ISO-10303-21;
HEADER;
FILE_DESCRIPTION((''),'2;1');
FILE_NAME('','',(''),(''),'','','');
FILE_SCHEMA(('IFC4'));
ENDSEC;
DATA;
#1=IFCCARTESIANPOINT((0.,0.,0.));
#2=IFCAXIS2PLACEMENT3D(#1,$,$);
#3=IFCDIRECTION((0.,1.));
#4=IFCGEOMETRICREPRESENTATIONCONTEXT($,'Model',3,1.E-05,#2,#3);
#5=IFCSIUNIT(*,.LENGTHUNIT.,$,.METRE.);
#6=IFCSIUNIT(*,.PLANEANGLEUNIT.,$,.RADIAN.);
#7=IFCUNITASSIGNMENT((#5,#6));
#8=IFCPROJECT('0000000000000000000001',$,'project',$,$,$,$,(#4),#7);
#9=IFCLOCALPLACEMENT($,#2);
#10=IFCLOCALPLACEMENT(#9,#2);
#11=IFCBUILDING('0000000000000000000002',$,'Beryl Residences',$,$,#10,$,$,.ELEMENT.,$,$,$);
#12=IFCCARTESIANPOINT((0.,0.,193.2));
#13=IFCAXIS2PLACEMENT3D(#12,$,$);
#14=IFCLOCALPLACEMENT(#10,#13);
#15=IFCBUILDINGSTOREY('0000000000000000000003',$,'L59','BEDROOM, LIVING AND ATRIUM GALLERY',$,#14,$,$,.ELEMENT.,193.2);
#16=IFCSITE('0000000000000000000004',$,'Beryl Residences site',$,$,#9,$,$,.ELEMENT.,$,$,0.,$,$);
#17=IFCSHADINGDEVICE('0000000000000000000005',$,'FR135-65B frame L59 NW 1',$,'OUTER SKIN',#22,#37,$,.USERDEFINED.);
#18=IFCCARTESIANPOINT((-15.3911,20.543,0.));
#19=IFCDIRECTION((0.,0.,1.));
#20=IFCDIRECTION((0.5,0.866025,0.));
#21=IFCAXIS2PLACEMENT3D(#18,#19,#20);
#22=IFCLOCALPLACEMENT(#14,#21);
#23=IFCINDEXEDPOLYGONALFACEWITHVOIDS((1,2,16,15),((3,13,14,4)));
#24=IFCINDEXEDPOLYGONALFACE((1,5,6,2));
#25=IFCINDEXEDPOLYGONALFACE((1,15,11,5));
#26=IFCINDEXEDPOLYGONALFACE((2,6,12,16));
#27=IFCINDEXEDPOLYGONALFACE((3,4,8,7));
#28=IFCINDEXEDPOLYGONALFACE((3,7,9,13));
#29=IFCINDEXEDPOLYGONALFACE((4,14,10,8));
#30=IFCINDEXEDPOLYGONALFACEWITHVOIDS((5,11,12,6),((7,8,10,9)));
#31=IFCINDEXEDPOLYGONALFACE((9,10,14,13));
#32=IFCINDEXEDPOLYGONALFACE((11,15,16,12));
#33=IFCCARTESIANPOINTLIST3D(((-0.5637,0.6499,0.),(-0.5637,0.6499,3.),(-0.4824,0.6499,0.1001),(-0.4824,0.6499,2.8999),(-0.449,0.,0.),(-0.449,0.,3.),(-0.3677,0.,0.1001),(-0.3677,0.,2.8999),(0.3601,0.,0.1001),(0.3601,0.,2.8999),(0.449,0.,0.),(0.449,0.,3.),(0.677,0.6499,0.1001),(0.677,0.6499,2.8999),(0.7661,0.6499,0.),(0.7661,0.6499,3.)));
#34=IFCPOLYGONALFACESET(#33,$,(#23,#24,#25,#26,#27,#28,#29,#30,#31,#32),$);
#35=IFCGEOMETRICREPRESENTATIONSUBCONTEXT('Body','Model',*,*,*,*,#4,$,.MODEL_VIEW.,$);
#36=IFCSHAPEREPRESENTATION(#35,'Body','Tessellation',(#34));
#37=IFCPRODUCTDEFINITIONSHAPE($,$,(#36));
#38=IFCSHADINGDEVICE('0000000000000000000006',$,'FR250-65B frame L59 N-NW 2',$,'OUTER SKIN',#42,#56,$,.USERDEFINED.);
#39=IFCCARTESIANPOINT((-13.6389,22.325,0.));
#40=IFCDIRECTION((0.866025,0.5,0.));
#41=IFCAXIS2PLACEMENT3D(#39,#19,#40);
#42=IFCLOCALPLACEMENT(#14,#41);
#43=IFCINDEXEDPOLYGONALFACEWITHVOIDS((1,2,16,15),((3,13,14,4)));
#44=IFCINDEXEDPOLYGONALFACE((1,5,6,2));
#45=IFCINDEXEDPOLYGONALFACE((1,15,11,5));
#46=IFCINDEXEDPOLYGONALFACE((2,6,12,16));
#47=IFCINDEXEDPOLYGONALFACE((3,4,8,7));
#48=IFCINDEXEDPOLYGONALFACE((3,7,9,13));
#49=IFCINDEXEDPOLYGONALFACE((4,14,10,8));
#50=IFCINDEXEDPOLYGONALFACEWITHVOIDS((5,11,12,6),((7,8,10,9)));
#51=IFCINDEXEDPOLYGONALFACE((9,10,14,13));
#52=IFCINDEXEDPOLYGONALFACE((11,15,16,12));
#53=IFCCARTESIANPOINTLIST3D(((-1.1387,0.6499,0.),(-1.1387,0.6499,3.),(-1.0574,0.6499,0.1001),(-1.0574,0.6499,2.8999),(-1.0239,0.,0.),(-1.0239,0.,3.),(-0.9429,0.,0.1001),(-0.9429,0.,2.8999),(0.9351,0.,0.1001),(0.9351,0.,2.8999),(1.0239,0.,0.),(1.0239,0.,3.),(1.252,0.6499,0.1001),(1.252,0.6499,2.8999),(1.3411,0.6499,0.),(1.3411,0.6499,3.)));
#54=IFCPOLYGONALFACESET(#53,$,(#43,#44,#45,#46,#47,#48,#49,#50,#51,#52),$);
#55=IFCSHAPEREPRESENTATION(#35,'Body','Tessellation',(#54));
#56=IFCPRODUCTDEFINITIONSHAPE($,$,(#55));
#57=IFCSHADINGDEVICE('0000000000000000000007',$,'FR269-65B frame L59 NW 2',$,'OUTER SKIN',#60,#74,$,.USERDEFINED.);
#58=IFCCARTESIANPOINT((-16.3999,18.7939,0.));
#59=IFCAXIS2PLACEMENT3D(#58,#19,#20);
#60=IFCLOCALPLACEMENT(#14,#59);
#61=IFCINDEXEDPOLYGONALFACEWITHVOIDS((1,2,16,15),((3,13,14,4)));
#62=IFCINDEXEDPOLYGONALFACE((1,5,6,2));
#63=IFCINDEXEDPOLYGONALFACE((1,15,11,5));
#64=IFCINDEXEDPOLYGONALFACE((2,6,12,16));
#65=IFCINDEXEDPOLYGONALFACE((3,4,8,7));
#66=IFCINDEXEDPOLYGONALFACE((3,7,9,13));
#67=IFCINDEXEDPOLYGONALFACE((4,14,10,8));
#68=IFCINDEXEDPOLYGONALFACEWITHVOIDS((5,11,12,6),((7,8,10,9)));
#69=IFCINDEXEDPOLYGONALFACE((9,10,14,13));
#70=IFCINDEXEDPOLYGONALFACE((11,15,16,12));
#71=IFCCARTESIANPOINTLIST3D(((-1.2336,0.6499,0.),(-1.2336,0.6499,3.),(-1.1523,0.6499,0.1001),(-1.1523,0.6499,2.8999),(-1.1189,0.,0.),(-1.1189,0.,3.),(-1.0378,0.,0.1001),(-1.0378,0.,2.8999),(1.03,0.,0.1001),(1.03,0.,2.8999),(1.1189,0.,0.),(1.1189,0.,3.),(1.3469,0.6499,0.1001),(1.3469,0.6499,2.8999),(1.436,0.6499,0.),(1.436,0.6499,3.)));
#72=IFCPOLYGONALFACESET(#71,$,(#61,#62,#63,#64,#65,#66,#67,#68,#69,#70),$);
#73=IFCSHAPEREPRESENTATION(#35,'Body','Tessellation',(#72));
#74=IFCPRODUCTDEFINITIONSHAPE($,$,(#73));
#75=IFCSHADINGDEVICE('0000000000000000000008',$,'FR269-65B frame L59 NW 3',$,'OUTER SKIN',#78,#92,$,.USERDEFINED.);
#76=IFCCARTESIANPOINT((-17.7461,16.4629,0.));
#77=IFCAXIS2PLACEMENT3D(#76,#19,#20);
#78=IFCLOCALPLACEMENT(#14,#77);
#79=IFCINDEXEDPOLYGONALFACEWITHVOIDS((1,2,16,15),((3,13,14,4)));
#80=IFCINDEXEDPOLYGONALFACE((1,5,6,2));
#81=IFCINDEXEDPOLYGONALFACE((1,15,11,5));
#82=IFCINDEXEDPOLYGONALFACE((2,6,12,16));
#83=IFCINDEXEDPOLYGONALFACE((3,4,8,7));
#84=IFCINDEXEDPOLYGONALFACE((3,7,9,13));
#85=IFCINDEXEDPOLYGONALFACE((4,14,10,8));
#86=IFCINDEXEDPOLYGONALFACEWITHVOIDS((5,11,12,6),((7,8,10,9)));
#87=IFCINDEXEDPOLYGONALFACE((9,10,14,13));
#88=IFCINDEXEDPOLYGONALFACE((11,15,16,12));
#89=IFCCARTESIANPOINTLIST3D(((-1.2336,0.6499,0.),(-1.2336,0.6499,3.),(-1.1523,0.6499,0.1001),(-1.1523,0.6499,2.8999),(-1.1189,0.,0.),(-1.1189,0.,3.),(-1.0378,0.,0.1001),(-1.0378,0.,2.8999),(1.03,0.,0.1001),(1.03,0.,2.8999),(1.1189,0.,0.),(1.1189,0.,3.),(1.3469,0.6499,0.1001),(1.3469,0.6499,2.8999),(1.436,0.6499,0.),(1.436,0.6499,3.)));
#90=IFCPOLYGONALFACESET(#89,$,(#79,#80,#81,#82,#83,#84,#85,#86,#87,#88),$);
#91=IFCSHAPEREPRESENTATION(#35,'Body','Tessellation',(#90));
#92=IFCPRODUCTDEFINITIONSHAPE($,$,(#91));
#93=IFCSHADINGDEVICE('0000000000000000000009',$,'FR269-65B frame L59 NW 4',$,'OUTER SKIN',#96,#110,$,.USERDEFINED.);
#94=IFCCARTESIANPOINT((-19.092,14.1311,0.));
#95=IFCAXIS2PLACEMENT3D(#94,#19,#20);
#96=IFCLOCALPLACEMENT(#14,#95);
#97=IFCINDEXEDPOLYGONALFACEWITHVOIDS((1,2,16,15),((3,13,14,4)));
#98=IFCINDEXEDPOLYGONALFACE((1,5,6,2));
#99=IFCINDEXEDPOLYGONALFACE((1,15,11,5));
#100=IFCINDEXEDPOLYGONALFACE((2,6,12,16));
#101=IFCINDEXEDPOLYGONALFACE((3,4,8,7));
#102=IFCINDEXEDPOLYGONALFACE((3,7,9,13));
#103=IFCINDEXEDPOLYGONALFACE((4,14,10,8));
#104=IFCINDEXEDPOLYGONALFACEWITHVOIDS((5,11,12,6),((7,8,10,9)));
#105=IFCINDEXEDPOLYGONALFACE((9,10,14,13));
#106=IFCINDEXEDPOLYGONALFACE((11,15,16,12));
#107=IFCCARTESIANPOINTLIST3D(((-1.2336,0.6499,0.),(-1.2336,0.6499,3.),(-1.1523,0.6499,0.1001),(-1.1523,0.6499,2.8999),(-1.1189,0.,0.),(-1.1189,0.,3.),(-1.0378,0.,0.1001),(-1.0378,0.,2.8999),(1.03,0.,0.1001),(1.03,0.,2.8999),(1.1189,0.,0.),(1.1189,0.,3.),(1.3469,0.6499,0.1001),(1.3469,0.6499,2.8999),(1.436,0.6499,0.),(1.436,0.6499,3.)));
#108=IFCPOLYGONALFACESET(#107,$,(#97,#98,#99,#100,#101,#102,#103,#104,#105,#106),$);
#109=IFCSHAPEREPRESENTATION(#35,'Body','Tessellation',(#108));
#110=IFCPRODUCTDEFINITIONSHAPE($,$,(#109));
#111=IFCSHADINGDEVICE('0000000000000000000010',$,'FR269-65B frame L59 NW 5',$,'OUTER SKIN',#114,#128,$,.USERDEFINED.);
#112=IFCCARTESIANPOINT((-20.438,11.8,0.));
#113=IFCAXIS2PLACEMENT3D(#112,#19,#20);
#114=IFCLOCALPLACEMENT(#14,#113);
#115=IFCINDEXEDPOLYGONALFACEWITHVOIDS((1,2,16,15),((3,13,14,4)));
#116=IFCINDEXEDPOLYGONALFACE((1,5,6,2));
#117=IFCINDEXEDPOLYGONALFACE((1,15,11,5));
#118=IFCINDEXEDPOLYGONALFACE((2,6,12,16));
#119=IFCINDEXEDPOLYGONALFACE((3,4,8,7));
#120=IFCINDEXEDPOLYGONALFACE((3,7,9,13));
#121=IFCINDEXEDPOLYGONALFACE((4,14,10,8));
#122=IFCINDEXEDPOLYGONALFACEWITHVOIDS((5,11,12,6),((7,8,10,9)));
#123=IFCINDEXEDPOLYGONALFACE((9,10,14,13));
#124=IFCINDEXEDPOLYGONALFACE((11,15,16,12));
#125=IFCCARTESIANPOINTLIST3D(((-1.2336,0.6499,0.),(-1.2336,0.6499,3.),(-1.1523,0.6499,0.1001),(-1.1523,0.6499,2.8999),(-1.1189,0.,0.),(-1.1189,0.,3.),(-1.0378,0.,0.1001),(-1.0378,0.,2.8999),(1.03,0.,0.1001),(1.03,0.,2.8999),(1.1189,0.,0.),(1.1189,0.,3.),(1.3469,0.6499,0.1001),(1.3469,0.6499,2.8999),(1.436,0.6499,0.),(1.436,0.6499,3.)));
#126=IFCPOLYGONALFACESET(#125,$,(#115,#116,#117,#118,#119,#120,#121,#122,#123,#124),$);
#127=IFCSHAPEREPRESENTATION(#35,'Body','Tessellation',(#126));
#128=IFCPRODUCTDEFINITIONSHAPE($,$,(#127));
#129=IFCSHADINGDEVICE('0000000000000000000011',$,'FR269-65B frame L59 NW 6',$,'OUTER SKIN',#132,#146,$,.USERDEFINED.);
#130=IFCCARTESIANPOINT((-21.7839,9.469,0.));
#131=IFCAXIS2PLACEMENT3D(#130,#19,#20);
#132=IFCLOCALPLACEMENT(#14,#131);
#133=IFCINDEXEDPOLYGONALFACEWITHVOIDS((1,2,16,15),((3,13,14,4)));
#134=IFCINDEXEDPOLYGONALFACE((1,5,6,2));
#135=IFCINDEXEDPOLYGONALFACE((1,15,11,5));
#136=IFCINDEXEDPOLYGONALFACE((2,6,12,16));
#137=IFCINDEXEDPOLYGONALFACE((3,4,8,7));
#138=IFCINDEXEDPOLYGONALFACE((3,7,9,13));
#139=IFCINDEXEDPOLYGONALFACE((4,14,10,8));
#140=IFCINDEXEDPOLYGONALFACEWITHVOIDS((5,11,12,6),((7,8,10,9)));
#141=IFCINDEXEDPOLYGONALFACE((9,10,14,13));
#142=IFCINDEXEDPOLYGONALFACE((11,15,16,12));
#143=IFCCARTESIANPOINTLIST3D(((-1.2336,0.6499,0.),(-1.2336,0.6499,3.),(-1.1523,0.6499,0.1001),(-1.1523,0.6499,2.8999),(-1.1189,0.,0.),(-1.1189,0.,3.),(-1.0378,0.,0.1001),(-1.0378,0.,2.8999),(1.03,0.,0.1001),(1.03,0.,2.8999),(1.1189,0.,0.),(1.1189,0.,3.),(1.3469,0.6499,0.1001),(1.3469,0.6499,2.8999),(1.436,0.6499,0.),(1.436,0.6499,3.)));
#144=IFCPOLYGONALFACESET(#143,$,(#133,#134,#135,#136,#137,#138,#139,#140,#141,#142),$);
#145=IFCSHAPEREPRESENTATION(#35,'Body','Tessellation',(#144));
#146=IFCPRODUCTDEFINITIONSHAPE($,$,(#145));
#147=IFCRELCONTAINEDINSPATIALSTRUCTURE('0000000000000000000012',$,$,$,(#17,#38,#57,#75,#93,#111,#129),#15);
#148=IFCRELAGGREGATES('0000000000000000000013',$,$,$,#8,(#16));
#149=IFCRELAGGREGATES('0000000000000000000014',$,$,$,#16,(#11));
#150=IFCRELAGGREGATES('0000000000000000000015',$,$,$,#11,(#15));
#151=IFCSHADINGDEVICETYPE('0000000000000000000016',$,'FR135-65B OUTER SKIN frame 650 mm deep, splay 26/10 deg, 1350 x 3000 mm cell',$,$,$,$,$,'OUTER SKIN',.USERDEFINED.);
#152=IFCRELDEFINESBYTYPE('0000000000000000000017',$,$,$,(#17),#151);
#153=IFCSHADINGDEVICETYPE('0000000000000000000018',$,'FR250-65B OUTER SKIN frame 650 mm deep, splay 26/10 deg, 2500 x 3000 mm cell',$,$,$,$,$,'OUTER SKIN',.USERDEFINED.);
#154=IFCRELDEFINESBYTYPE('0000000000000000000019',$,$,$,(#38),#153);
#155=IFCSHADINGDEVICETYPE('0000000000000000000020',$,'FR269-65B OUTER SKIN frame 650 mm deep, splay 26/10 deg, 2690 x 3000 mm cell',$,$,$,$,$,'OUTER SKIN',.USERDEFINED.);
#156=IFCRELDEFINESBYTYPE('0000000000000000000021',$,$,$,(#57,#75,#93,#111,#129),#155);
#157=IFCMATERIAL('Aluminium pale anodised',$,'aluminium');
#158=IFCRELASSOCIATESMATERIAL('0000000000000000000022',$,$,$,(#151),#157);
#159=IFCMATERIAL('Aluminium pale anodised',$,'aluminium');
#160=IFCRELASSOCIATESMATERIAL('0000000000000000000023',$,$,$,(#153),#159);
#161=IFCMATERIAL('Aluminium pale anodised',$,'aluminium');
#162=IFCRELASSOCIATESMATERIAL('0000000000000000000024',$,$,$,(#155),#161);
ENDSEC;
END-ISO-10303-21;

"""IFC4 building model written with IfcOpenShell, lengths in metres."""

from ifc_helpers import new_model, entity, si_unit, direction, frame, origin, place, context, subcontext, project, spatial, source, transform, mapped, material, type_object, type_shapes, element, save


model = new_model("IFC4")

# Units and contexts
model_context = context("Model", 3, precision=1e-05, world=origin(), true_north=direction((0.0, 1.0)))
body_context = subcontext(model_context, "Body", "Model", "MODEL_VIEW")
ifc_project = project(units=[si_unit("LENGTHUNIT", "METRE"), si_unit("PLANEANGLEUNIT", "RADIAN")], contexts=[model_context])

# Site, building, storey
site_placement = place(None, origin())
site = spatial("IfcSite", under=ifc_project, at=site_placement, Name="Beryl Residences site", CompositionType="ELEMENT", RefElevation=0.0)
building_placement = place(site_placement, origin())
building = spatial("IfcBuilding", under=site, at=building_placement, Name="Beryl Residences", CompositionType="ELEMENT")
storey_placement = place(building_placement, frame((0.0, 0.0, 193.2)))
storey = spatial("IfcBuildingStorey", under=building, at=storey_placement, Name="L59", Description="BEDROOM, LIVING AND ATRIUM GALLERY", CompositionType="ELEMENT", Elevation=193.2)

# Shading devices
ifc_material_1 = material(Name="Aluminium pale anodised", Category="aluminium")
shading_device_type_1 = type_object("IfcShadingDeviceType", Name="FR135-65B OUTER SKIN frame 650 mm deep, splay 26/10 deg, 1350 x 3000 mm cell", ElementType="OUTER SKIN", PredefinedType="USERDEFINED", material=ifc_material_1)
cartesian_point_1 = entity("IfcCartesianPoint", [-0.449, 0.0])
cartesian_point_2 = entity("IfcCartesianPoint", [-0.3601, 0.1001])
cartesian_point_3 = entity("IfcCartesianPoint", [-0.7661, 0.0])
cartesian_point_4 = entity("IfcCartesianPoint", [-0.677, 0.1001])
shared_shape_1 = source(origin(), body_context, "Body", "SweptSolid", [
    entity("IfcExtrudedAreaSolidTapered", entity("IfcArbitraryProfileDefWithVoids", "AREA", None, entity("IfcPolyline", [cartesian_point_1, entity("IfcCartesianPoint", [0.449, 0.0]), entity("IfcCartesianPoint", [0.449, 3.0]), entity("IfcCartesianPoint", [-0.449, 3.0]), cartesian_point_1]), [entity("IfcPolyline", [cartesian_point_2, entity("IfcCartesianPoint", [0.3677, 0.1001]), entity("IfcCartesianPoint", [0.3677, 2.8999]), entity("IfcCartesianPoint", [-0.3601, 2.8999]), cartesian_point_2])]), entity("IfcAxis2Placement3D", entity("IfcCartesianPoint", [0.0, 0.0, 0.0]), entity("IfcDirection", [0.0, 1.0, 0.0]), entity("IfcDirection", [-1.0, 0.0, 0.0])), entity("IfcDirection", [0.0, 0.0, 1.0]), 0.6499, entity("IfcArbitraryProfileDefWithVoids", "AREA", None, entity("IfcPolyline", [cartesian_point_3, entity("IfcCartesianPoint", [0.5637, 0.0]), entity("IfcCartesianPoint", [0.5637, 3.0]), entity("IfcCartesianPoint", [-0.7661, 3.0]), cartesian_point_3]), [entity("IfcPolyline", [cartesian_point_4, entity("IfcCartesianPoint", [0.4824, 0.1001]), entity("IfcCartesianPoint", [0.4824, 2.8999]), entity("IfcCartesianPoint", [-0.677, 2.8999]), cartesian_point_4])])),
])
type_shapes(shading_device_type_1, [shared_shape_1])
shading_device_1_placement = place(storey_placement, frame((-15.3911, 20.543, 0.0), z_axis=(0.0, 0.0, 1.0), x_axis=(0.5, 0.866025, 0.0)))
element("IfcShadingDevice", 1, at=shading_device_1_placement, inside=storey, type_object=shading_device_type_1, Name="FR135-65B frame L59 NW 1", ObjectType="OUTER SKIN", PredefinedType="USERDEFINED", context=body_context, shape_type="MappedRepresentation", body=[
    mapped(shared_shape_1, transform((0.0, 0.0, 0.0))),
])
ifc_material_2 = material(Name="Aluminium pale anodised", Category="aluminium")
shading_device_type_2 = type_object("IfcShadingDeviceType", Name="FR250-65B OUTER SKIN frame 650 mm deep, splay 26/10 deg, 2500 x 3000 mm cell", ElementType="OUTER SKIN", PredefinedType="USERDEFINED", material=ifc_material_2)
cartesian_point_5 = entity("IfcCartesianPoint", [-1.0239, 0.0])
cartesian_point_6 = entity("IfcCartesianPoint", [-0.9351, 0.1001])
cartesian_point_7 = entity("IfcCartesianPoint", [-1.3411, 0.0])
cartesian_point_8 = entity("IfcCartesianPoint", [-1.252, 0.1001])
shared_shape_2 = source(origin(), body_context, "Body", "SweptSolid", [
    entity("IfcExtrudedAreaSolidTapered", entity("IfcArbitraryProfileDefWithVoids", "AREA", None, entity("IfcPolyline", [cartesian_point_5, entity("IfcCartesianPoint", [1.0239, 0.0]), entity("IfcCartesianPoint", [1.0239, 3.0]), entity("IfcCartesianPoint", [-1.0239, 3.0]), cartesian_point_5]), [entity("IfcPolyline", [cartesian_point_6, entity("IfcCartesianPoint", [0.9429, 0.1001]), entity("IfcCartesianPoint", [0.9429, 2.8999]), entity("IfcCartesianPoint", [-0.9351, 2.8999]), cartesian_point_6])]), entity("IfcAxis2Placement3D", entity("IfcCartesianPoint", [0.0, 0.0, 0.0]), entity("IfcDirection", [0.0, 1.0, 0.0]), entity("IfcDirection", [-1.0, 0.0, 0.0])), entity("IfcDirection", [0.0, 0.0, 1.0]), 0.6499, entity("IfcArbitraryProfileDefWithVoids", "AREA", None, entity("IfcPolyline", [cartesian_point_7, entity("IfcCartesianPoint", [1.1387, 0.0]), entity("IfcCartesianPoint", [1.1387, 3.0]), entity("IfcCartesianPoint", [-1.3411, 3.0]), cartesian_point_7]), [entity("IfcPolyline", [cartesian_point_8, entity("IfcCartesianPoint", [1.0574, 0.1001]), entity("IfcCartesianPoint", [1.0574, 2.8999]), entity("IfcCartesianPoint", [-1.252, 2.8999]), cartesian_point_8])])),
])
type_shapes(shading_device_type_2, [shared_shape_2])
shading_device_2_placement = place(storey_placement, frame((-13.6389, 22.325, 0.0), z_axis=(0.0, 0.0, 1.0), x_axis=(0.866025, 0.5, 0.0)))
element("IfcShadingDevice", 2, at=shading_device_2_placement, inside=storey, type_object=shading_device_type_2, Name="FR250-65B frame L59 N-NW 2", ObjectType="OUTER SKIN", PredefinedType="USERDEFINED", context=body_context, shape_type="MappedRepresentation", body=[
    mapped(shared_shape_2, transform((0.0, 0.0, 0.0))),
])
ifc_material_3 = material(Name="Aluminium pale anodised", Category="aluminium")
shading_device_type_3 = type_object("IfcShadingDeviceType", Name="FR269-65B OUTER SKIN frame 650 mm deep, splay 26/10 deg, 2690 x 3000 mm cell", ElementType="OUTER SKIN", PredefinedType="USERDEFINED", material=ifc_material_3)
cartesian_point_9 = entity("IfcCartesianPoint", [-1.1189, 0.0])
cartesian_point_10 = entity("IfcCartesianPoint", [-1.03, 0.1001])
cartesian_point_11 = entity("IfcCartesianPoint", [-1.436, 0.0])
cartesian_point_12 = entity("IfcCartesianPoint", [-1.3469, 0.1001])
shared_shape_3 = source(origin(), body_context, "Body", "SweptSolid", [
    entity("IfcExtrudedAreaSolidTapered", entity("IfcArbitraryProfileDefWithVoids", "AREA", None, entity("IfcPolyline", [cartesian_point_9, entity("IfcCartesianPoint", [1.1189, 0.0]), entity("IfcCartesianPoint", [1.1189, 3.0]), entity("IfcCartesianPoint", [-1.1189, 3.0]), cartesian_point_9]), [entity("IfcPolyline", [cartesian_point_10, entity("IfcCartesianPoint", [1.0378, 0.1001]), entity("IfcCartesianPoint", [1.0378, 2.8999]), entity("IfcCartesianPoint", [-1.03, 2.8999]), cartesian_point_10])]), entity("IfcAxis2Placement3D", entity("IfcCartesianPoint", [0.0, 0.0, 0.0]), entity("IfcDirection", [0.0, 1.0, 0.0]), entity("IfcDirection", [-1.0, 0.0, 0.0])), entity("IfcDirection", [0.0, 0.0, 1.0]), 0.6499, entity("IfcArbitraryProfileDefWithVoids", "AREA", None, entity("IfcPolyline", [cartesian_point_11, entity("IfcCartesianPoint", [1.2336, 0.0]), entity("IfcCartesianPoint", [1.2336, 3.0]), entity("IfcCartesianPoint", [-1.436, 3.0]), cartesian_point_11]), [entity("IfcPolyline", [cartesian_point_12, entity("IfcCartesianPoint", [1.1523, 0.1001]), entity("IfcCartesianPoint", [1.1523, 2.8999]), entity("IfcCartesianPoint", [-1.3469, 2.8999]), cartesian_point_12])])),
])
type_shapes(shading_device_type_3, [shared_shape_3])
for number, where, z_axis, x_axis, name in (
    (3, (-16.3999, 18.7939, 0.0), (0.0, 0.0, 1.0), (0.5, 0.866025, 0.0), "FR269-65B frame L59 NW 2"),
    (4, (-17.7461, 16.4629, 0.0), (0.0, 0.0, 1.0), (0.5, 0.866025, 0.0), "FR269-65B frame L59 NW 3"),
    (5, (-19.092, 14.1311, 0.0), (0.0, 0.0, 1.0), (0.5, 0.866025, 0.0), "FR269-65B frame L59 NW 4"),
    (6, (-20.438, 11.8, 0.0), (0.0, 0.0, 1.0), (0.5, 0.866025, 0.0), "FR269-65B frame L59 NW 5"),
    (7, (-21.7839, 9.469, 0.0), (0.0, 0.0, 1.0), (0.5, 0.866025, 0.0), "FR269-65B frame L59 NW 6"),
):
    element("IfcShadingDevice", number, at=place(storey_placement, frame(where, z_axis=z_axis, x_axis=x_axis)), inside=storey, type_object=shading_device_type_3, Name=name, ObjectType="OUTER SKIN", PredefinedType="USERDEFINED", context=body_context, shape_type="MappedRepresentation", body=[
        mapped(shared_shape_3, transform((0.0, 0.0, 0.0))),
    ])

save(model, "model.ifc")
